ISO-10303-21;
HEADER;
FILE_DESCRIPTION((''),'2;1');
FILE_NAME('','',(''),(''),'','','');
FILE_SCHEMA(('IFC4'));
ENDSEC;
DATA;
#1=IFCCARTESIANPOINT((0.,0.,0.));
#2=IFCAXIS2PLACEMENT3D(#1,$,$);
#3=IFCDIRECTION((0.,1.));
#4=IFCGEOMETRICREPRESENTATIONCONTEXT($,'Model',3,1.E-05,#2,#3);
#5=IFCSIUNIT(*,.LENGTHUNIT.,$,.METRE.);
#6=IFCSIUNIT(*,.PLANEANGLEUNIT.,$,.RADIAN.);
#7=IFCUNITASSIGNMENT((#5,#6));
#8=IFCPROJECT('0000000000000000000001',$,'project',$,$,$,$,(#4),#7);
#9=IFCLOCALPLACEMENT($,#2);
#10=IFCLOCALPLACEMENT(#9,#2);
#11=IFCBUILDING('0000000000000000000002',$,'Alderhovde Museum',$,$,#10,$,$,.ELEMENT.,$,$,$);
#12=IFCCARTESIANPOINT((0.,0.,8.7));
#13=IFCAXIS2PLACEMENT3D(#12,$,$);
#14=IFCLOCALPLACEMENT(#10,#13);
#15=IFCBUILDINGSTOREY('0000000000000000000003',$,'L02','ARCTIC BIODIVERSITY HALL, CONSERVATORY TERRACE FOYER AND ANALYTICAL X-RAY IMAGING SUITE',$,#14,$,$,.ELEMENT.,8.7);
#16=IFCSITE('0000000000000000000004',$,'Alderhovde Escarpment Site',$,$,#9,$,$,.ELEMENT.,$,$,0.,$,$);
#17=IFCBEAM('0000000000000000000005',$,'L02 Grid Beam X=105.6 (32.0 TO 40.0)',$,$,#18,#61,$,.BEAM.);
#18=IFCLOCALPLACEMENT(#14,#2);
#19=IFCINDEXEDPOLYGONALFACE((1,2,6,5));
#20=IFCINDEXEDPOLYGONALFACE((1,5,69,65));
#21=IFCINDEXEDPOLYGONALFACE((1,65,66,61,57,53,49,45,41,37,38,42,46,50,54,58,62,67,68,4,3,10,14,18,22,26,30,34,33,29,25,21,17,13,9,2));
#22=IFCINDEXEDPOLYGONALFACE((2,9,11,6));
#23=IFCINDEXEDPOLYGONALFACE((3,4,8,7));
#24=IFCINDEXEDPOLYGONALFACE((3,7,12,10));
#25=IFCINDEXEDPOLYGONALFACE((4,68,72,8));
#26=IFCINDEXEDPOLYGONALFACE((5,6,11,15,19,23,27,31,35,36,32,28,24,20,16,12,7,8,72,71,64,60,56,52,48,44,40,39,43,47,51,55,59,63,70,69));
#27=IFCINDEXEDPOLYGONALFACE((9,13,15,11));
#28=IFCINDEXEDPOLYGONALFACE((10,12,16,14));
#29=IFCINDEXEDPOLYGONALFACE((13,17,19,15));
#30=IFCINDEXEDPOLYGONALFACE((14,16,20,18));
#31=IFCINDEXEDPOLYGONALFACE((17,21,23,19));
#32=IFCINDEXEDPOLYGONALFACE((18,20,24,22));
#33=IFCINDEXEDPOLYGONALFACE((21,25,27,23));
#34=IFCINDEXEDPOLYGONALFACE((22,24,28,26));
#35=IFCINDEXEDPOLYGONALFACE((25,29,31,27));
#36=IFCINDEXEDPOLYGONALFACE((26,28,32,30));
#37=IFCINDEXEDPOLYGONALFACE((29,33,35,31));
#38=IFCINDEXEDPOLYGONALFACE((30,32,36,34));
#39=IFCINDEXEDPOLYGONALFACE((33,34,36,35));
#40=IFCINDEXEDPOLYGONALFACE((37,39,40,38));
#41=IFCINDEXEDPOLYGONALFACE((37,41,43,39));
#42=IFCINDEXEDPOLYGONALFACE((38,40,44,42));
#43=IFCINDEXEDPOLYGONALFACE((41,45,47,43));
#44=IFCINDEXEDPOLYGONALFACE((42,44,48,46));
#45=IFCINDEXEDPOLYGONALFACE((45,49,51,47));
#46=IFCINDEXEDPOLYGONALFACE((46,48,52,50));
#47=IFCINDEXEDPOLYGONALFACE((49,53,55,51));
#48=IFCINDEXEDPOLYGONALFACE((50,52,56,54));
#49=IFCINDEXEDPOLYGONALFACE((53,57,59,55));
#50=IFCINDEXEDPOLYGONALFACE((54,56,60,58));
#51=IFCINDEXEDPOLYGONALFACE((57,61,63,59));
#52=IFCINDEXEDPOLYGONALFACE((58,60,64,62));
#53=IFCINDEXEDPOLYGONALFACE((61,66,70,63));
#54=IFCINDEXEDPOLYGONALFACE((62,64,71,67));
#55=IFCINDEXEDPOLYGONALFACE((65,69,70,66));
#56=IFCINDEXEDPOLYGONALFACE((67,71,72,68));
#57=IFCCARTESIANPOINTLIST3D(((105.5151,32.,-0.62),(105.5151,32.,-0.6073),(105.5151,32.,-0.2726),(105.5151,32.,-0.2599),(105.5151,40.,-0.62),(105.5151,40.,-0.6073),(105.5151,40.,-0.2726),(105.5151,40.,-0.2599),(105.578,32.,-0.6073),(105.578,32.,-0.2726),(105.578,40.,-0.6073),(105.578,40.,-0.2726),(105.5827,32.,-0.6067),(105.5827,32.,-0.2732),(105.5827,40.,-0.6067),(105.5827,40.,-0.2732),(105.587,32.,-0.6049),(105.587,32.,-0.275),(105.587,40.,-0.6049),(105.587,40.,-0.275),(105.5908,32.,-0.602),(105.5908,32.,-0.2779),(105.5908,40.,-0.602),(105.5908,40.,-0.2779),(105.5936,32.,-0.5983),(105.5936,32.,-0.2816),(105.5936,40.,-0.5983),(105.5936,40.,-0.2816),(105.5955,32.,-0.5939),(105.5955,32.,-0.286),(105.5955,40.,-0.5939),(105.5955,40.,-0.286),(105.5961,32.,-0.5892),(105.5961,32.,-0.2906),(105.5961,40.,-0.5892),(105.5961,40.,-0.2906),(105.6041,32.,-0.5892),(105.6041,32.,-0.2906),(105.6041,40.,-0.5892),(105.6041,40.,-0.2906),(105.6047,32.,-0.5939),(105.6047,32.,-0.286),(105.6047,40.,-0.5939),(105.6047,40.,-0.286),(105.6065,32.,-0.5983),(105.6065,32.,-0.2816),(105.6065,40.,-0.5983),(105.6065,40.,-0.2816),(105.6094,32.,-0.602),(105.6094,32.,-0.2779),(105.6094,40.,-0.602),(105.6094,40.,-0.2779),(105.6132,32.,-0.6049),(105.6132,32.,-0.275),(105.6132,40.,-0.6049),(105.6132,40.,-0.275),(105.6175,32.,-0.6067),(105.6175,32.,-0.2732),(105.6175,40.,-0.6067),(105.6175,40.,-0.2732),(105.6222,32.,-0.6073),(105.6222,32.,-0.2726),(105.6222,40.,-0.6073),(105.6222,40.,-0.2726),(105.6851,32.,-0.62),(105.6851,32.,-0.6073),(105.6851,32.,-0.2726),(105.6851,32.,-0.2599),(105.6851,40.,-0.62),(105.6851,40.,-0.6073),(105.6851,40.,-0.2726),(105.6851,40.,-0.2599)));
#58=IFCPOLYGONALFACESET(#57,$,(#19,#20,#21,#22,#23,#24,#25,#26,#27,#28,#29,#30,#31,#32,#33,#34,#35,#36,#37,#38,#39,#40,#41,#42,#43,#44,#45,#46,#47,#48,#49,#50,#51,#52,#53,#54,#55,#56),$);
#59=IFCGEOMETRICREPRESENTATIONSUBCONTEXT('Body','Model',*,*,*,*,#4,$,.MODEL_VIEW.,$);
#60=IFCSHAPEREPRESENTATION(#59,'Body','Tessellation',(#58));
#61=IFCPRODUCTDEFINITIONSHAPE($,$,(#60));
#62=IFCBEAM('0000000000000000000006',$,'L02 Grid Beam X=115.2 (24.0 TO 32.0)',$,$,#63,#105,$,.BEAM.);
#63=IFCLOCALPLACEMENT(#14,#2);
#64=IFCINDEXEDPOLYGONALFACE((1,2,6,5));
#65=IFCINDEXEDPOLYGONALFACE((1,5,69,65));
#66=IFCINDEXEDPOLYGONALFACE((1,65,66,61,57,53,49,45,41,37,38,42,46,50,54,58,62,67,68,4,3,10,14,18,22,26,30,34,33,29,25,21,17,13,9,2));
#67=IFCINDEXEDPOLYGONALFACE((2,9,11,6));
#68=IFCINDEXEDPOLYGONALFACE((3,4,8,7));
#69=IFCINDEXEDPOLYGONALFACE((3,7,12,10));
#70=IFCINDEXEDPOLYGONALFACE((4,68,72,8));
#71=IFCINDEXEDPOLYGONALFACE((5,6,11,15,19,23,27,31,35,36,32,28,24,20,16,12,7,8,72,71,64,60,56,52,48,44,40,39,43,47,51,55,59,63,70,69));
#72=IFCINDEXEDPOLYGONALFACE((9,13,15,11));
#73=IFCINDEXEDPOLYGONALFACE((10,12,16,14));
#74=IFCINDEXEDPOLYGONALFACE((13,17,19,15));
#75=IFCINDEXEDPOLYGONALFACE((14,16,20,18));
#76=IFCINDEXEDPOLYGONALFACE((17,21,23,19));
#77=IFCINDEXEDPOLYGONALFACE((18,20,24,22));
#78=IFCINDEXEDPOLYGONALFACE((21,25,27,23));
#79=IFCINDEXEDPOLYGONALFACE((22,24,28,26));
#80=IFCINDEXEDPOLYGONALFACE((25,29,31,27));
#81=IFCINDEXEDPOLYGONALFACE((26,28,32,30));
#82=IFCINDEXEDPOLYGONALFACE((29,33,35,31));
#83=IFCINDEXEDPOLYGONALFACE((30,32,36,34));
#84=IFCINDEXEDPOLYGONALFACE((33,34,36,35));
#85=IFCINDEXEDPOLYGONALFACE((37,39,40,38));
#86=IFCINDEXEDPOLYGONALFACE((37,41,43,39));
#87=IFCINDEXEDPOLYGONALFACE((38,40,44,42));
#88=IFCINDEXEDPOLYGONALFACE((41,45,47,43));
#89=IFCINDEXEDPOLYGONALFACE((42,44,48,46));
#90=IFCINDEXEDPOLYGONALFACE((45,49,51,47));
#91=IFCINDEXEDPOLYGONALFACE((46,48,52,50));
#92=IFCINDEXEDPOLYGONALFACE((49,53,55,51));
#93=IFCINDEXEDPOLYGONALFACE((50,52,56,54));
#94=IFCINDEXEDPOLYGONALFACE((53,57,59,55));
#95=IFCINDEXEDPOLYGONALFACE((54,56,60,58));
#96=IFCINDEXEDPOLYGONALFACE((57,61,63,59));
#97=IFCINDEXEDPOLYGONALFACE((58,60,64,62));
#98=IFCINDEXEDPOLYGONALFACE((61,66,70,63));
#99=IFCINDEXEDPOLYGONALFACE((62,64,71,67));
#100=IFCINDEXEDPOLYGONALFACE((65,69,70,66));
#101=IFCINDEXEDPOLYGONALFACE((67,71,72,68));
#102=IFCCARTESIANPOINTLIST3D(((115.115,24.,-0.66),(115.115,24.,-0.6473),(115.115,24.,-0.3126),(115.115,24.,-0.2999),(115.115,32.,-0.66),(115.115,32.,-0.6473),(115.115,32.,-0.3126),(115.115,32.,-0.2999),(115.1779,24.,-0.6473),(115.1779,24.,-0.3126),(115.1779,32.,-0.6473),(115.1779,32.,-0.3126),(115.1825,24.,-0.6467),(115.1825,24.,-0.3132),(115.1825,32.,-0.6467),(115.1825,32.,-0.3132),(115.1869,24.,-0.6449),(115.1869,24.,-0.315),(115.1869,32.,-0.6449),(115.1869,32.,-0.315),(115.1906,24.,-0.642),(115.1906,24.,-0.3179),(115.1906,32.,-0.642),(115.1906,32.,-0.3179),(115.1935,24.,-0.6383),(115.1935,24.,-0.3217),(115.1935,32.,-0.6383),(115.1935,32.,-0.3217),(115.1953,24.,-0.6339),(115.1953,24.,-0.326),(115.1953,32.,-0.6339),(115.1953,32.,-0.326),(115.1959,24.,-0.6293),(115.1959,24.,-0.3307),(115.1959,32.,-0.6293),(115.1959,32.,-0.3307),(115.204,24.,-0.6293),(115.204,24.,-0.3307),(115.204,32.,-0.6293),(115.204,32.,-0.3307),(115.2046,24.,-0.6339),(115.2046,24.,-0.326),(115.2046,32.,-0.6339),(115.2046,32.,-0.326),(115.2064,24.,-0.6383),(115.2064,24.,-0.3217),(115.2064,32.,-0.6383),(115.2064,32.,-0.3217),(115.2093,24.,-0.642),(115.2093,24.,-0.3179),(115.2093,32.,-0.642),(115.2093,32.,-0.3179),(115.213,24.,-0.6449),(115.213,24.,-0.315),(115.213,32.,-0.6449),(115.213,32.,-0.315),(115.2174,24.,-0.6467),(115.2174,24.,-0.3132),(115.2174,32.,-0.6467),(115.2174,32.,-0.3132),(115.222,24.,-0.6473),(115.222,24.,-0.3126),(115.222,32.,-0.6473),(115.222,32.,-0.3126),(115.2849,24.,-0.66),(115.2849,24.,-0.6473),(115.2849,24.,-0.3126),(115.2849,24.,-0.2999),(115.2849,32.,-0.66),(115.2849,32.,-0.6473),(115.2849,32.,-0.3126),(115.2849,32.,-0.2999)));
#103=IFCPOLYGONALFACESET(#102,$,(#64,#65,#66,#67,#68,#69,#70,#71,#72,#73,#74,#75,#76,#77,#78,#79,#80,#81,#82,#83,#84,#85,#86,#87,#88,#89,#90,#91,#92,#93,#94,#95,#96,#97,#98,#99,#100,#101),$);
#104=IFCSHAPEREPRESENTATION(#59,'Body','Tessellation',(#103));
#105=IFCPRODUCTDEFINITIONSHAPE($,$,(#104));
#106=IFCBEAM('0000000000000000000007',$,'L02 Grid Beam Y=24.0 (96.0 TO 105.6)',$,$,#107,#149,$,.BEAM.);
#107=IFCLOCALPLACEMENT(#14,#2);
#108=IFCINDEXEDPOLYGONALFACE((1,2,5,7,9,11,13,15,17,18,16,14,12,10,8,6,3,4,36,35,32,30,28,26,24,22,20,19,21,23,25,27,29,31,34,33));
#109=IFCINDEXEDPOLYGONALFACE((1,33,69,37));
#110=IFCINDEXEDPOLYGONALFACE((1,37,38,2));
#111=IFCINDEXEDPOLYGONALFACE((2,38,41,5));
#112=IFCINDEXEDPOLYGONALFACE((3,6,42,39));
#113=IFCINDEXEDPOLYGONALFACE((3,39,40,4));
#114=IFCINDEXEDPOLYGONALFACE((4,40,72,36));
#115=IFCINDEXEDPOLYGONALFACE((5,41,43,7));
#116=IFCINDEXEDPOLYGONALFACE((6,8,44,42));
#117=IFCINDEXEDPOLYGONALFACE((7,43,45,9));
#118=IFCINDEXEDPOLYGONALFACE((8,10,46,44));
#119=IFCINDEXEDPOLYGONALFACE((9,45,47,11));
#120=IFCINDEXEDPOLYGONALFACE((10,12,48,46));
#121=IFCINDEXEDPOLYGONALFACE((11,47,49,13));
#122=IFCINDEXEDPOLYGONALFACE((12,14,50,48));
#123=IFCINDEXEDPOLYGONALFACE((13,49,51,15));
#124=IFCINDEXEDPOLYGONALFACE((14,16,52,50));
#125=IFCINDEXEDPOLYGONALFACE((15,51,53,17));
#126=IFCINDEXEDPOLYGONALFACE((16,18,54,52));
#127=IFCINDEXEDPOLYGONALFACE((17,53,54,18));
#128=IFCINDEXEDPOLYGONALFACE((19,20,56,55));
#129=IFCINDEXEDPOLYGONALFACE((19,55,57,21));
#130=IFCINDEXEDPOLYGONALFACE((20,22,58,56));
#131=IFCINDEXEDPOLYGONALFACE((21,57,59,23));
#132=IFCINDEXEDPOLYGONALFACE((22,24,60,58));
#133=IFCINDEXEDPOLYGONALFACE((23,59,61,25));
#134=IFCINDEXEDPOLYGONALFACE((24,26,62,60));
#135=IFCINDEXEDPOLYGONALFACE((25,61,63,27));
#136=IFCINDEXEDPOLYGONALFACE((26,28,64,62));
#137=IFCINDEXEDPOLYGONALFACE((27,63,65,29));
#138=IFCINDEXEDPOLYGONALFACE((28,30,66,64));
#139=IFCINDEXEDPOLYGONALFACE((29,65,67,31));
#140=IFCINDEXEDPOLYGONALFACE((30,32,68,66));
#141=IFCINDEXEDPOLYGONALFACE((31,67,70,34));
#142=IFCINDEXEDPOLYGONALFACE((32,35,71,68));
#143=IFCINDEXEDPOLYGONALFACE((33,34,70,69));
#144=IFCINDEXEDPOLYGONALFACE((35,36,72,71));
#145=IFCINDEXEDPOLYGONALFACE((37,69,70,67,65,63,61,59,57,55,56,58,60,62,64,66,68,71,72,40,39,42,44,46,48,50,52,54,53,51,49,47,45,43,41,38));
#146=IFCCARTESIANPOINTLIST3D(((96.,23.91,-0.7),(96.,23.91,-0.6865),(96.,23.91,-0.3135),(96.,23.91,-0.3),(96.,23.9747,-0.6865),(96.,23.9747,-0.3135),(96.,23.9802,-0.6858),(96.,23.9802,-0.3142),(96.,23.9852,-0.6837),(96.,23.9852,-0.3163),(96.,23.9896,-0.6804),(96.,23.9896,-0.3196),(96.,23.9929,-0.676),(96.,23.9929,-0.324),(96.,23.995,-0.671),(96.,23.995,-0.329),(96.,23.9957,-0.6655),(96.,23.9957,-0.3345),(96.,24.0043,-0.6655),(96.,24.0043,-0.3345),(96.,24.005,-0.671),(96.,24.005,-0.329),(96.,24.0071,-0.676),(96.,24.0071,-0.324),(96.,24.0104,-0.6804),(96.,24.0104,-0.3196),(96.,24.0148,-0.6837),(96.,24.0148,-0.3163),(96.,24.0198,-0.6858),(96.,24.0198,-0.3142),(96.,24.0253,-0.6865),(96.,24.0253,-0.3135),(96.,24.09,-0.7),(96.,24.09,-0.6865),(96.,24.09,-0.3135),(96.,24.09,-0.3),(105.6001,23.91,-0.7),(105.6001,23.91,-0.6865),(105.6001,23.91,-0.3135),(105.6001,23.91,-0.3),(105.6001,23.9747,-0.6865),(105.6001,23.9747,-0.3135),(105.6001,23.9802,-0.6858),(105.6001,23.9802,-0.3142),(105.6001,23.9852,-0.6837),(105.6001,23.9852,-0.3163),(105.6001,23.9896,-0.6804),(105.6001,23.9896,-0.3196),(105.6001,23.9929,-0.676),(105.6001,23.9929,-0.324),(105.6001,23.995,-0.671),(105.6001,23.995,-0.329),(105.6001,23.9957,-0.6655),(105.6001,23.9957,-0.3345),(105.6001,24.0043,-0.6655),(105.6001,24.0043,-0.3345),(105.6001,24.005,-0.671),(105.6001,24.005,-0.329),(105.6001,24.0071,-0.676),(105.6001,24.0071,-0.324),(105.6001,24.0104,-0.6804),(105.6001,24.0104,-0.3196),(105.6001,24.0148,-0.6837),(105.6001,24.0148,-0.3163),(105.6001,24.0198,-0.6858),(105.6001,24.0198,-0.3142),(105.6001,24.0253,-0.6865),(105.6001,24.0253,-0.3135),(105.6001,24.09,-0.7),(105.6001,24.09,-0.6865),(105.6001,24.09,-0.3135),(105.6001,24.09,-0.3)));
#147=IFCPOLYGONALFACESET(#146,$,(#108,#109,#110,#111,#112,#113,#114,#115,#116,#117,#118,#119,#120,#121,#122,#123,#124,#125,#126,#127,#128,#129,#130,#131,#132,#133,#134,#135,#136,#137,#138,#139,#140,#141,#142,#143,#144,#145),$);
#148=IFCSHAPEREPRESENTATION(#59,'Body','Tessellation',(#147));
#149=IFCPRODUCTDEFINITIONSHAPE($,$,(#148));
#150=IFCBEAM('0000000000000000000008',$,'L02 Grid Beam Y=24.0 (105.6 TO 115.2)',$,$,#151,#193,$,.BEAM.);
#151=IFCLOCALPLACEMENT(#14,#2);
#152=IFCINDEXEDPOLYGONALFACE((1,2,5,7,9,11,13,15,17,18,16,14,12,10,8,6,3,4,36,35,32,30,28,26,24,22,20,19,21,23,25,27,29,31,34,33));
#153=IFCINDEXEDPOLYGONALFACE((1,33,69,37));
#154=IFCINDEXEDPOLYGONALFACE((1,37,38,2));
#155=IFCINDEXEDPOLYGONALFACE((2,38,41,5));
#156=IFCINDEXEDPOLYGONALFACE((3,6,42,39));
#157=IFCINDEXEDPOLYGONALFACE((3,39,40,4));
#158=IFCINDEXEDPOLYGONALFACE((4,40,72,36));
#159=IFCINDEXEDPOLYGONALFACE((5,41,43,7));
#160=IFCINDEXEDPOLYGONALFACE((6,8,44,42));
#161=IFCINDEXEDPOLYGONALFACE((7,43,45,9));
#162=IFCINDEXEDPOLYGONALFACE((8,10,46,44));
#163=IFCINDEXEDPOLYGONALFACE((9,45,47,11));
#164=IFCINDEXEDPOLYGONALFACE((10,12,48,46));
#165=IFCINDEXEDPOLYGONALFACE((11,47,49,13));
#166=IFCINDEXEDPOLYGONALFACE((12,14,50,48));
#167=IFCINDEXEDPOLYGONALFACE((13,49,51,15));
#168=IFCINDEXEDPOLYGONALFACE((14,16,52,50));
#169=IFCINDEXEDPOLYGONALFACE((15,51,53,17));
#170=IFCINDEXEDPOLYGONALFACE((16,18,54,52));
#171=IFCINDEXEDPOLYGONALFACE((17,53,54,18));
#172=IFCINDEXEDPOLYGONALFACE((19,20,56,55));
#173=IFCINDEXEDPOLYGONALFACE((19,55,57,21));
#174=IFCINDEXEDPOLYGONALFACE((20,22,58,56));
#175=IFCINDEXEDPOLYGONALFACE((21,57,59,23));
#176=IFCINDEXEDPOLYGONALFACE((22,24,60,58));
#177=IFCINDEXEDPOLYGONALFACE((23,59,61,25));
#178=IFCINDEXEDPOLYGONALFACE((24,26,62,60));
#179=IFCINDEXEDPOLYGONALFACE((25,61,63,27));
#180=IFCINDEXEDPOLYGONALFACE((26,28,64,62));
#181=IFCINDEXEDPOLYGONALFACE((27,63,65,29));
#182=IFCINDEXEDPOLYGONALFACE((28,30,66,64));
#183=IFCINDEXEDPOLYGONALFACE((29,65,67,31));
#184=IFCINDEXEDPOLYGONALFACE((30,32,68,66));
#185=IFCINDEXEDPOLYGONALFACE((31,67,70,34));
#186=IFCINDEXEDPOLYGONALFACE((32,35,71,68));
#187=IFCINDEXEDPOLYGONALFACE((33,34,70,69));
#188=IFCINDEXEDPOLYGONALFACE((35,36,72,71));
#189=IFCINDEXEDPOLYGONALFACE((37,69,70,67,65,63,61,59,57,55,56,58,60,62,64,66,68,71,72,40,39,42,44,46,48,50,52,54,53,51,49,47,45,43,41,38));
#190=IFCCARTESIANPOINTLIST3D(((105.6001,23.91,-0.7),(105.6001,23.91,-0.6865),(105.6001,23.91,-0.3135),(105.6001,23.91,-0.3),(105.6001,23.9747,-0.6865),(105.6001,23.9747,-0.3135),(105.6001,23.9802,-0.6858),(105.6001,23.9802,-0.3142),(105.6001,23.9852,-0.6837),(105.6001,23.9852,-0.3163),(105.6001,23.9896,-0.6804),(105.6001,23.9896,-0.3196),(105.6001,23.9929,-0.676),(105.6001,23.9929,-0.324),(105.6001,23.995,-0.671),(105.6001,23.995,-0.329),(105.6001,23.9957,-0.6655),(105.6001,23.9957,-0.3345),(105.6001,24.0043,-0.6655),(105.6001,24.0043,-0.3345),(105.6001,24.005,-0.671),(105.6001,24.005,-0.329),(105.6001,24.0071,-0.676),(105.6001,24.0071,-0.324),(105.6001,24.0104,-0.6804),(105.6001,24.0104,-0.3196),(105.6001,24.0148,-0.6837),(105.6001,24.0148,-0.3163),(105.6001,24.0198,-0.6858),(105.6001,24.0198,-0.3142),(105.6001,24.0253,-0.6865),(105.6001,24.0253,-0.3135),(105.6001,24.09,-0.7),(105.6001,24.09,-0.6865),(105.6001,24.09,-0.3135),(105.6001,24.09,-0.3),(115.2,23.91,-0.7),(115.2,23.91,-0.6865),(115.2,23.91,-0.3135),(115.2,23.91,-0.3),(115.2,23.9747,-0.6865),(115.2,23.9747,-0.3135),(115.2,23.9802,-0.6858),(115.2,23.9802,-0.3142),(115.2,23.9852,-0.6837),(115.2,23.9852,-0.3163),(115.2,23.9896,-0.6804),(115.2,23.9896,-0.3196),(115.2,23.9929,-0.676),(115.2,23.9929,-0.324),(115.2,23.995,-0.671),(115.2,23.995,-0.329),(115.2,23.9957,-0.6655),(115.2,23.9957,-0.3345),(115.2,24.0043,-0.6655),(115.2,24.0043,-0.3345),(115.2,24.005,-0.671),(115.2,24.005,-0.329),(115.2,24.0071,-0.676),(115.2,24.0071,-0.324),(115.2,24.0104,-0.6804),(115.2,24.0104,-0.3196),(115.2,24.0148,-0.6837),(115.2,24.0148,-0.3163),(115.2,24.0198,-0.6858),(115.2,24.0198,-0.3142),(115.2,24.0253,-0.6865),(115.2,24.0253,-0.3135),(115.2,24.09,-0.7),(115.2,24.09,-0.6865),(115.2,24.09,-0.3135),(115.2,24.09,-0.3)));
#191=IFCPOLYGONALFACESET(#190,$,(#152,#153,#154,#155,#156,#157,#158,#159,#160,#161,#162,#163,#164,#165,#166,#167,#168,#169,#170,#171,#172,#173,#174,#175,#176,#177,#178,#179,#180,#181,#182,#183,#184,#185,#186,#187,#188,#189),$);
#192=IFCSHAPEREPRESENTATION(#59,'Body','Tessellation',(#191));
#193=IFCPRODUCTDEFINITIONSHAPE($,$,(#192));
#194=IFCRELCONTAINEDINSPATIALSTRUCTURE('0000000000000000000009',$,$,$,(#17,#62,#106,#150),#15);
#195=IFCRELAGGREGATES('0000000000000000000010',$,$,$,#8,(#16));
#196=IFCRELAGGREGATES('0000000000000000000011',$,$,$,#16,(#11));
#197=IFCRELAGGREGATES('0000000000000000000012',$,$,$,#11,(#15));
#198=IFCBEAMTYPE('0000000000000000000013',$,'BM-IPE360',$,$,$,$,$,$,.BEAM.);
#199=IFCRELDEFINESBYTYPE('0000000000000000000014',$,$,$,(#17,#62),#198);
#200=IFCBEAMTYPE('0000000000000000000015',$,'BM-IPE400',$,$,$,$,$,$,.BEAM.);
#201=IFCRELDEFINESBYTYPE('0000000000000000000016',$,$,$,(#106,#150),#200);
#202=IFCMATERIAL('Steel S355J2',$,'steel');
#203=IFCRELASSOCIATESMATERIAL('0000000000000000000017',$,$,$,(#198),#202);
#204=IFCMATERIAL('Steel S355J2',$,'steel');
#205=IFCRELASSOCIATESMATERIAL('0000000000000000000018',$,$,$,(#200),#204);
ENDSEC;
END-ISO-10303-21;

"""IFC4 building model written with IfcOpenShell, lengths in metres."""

from ifc_helpers import new_model, si_unit, direction, frame, origin, origin_2d, place, context, subcontext, project, spatial, i_section, extrude, material, material_profile, profile_set, type_object, element, save


model = new_model("IFC4")

# Units and contexts
model_context = context("Model", 3, precision=1e-05, world=origin(), true_north=direction((0.0, 1.0)))
body_context = subcontext(model_context, "Body", "Model", "MODEL_VIEW")
ifc_project = project(units=[si_unit("LENGTHUNIT", "METRE"), si_unit("PLANEANGLEUNIT", "RADIAN")], contexts=[model_context])

# Site, building, storey
site_placement = place(None, origin())
site = spatial("IfcSite", under=ifc_project, at=site_placement, Name="Alderhovde Escarpment Site", CompositionType="ELEMENT", RefElevation=0.0)
building_placement = place(site_placement, origin())
building = spatial("IfcBuilding", under=site, at=building_placement, Name="Alderhovde Museum", CompositionType="ELEMENT")
storey_placement = place(building_placement, frame((0.0, 0.0, 8.7)))
storey = spatial("IfcBuildingStorey", under=building, at=storey_placement, Name="L02", Description="ARCTIC BIODIVERSITY HALL, CONSERVATORY TERRACE FOYER AND ANALYTICAL X-RAY IMAGING SUITE", CompositionType="ELEMENT", Elevation=8.7)

# Beams
ifc_material_1 = material(Name="Steel S355J2", Category="steel")
ifc_material_profile_1 = material_profile(ifc_material_1, i_section(OverallWidth=0.1699, OverallDepth=0.3601, WebThickness=0.0081, FlangeThickness=0.0127, FilletRadius=0.0181, at=origin_2d()), Name="IPE 360")
ifc_profile_set_1 = profile_set([ifc_material_profile_1], Name="Steel S355J2")
beam_type_1 = type_object("IfcBeamType", Name="BM-IPE360", PredefinedType="BEAM", material=ifc_profile_set_1)
for number, where, z_axis, x_axis, name in (
    (1, (105.6001, 32.0, -0.4399), (0.0, 1.0, 0.0), (-1.0, 0.0, 0.0), "L02 Grid Beam X=105.6 (32.0 TO 40.0)"),
    (2, (115.2, 24.0, -0.48), (0.0, 1.0, 0.0), (-1.0, 0.0, 0.0), "L02 Grid Beam X=115.2 (24.0 TO 32.0)"),
):
    element("IfcBeam", number, at=place(storey_placement, frame(where, z_axis=z_axis, x_axis=x_axis)), inside=storey, type_object=beam_type_1, Name=name, PredefinedType="BEAM", context=body_context, shape_type="SweptSolid", body=[
        extrude(i_section(OverallWidth=0.1699, OverallDepth=0.3601, WebThickness=0.0081, FlangeThickness=0.0127, FilletRadius=0.0181, at=origin_2d()), origin(), (0.0, 0.0, 1.0), 8.0),
    ])
ifc_material_2 = material(Name="Steel S355J2", Category="steel")
ifc_material_profile_2 = material_profile(ifc_material_2, i_section(OverallWidth=0.1799, OverallDepth=0.3999, WebThickness=0.0085, FlangeThickness=0.0134, FilletRadius=0.021, at=origin_2d()), Name="IPE 400")
ifc_profile_set_2 = profile_set([ifc_material_profile_2], Name="Steel S355J2")
beam_type_2 = type_object("IfcBeamType", Name="BM-IPE400", PredefinedType="BEAM", material=ifc_profile_set_2)
beam_1_placement = place(storey_placement, frame((96.0, 24.0, -0.5), z_axis=(1.0, 0.0, 0.0), x_axis=(0.0, 1.0, 0.0)))
element("IfcBeam", 3, at=beam_1_placement, inside=storey, type_object=beam_type_2, Name="L02 Grid Beam Y=24.0 (96.0 TO 105.6)", PredefinedType="BEAM", context=body_context, shape_type="SweptSolid", body=[
    extrude(i_section(OverallWidth=0.1799, OverallDepth=0.3999, WebThickness=0.0085, FlangeThickness=0.0134, FilletRadius=0.021, at=origin_2d()), origin(), (0.0, 0.0, 1.0), 9.6001),
])
beam_2_placement = place(storey_placement, frame((105.6001, 24.0, -0.5), z_axis=(1.0, 0.0, 0.0), x_axis=(0.0, 1.0, 0.0)))
element("IfcBeam", 4, at=beam_2_placement, inside=storey, type_object=beam_type_2, Name="L02 Grid Beam Y=24.0 (105.6 TO 115.2)", PredefinedType="BEAM", context=body_context, shape_type="SweptSolid", body=[
    extrude(i_section(OverallWidth=0.1799, OverallDepth=0.3999, WebThickness=0.0085, FlangeThickness=0.0134, FilletRadius=0.021, at=origin_2d()), origin(), (0.0, 0.0, 1.0), 9.5999),
])

save(model, "model.ifc")
